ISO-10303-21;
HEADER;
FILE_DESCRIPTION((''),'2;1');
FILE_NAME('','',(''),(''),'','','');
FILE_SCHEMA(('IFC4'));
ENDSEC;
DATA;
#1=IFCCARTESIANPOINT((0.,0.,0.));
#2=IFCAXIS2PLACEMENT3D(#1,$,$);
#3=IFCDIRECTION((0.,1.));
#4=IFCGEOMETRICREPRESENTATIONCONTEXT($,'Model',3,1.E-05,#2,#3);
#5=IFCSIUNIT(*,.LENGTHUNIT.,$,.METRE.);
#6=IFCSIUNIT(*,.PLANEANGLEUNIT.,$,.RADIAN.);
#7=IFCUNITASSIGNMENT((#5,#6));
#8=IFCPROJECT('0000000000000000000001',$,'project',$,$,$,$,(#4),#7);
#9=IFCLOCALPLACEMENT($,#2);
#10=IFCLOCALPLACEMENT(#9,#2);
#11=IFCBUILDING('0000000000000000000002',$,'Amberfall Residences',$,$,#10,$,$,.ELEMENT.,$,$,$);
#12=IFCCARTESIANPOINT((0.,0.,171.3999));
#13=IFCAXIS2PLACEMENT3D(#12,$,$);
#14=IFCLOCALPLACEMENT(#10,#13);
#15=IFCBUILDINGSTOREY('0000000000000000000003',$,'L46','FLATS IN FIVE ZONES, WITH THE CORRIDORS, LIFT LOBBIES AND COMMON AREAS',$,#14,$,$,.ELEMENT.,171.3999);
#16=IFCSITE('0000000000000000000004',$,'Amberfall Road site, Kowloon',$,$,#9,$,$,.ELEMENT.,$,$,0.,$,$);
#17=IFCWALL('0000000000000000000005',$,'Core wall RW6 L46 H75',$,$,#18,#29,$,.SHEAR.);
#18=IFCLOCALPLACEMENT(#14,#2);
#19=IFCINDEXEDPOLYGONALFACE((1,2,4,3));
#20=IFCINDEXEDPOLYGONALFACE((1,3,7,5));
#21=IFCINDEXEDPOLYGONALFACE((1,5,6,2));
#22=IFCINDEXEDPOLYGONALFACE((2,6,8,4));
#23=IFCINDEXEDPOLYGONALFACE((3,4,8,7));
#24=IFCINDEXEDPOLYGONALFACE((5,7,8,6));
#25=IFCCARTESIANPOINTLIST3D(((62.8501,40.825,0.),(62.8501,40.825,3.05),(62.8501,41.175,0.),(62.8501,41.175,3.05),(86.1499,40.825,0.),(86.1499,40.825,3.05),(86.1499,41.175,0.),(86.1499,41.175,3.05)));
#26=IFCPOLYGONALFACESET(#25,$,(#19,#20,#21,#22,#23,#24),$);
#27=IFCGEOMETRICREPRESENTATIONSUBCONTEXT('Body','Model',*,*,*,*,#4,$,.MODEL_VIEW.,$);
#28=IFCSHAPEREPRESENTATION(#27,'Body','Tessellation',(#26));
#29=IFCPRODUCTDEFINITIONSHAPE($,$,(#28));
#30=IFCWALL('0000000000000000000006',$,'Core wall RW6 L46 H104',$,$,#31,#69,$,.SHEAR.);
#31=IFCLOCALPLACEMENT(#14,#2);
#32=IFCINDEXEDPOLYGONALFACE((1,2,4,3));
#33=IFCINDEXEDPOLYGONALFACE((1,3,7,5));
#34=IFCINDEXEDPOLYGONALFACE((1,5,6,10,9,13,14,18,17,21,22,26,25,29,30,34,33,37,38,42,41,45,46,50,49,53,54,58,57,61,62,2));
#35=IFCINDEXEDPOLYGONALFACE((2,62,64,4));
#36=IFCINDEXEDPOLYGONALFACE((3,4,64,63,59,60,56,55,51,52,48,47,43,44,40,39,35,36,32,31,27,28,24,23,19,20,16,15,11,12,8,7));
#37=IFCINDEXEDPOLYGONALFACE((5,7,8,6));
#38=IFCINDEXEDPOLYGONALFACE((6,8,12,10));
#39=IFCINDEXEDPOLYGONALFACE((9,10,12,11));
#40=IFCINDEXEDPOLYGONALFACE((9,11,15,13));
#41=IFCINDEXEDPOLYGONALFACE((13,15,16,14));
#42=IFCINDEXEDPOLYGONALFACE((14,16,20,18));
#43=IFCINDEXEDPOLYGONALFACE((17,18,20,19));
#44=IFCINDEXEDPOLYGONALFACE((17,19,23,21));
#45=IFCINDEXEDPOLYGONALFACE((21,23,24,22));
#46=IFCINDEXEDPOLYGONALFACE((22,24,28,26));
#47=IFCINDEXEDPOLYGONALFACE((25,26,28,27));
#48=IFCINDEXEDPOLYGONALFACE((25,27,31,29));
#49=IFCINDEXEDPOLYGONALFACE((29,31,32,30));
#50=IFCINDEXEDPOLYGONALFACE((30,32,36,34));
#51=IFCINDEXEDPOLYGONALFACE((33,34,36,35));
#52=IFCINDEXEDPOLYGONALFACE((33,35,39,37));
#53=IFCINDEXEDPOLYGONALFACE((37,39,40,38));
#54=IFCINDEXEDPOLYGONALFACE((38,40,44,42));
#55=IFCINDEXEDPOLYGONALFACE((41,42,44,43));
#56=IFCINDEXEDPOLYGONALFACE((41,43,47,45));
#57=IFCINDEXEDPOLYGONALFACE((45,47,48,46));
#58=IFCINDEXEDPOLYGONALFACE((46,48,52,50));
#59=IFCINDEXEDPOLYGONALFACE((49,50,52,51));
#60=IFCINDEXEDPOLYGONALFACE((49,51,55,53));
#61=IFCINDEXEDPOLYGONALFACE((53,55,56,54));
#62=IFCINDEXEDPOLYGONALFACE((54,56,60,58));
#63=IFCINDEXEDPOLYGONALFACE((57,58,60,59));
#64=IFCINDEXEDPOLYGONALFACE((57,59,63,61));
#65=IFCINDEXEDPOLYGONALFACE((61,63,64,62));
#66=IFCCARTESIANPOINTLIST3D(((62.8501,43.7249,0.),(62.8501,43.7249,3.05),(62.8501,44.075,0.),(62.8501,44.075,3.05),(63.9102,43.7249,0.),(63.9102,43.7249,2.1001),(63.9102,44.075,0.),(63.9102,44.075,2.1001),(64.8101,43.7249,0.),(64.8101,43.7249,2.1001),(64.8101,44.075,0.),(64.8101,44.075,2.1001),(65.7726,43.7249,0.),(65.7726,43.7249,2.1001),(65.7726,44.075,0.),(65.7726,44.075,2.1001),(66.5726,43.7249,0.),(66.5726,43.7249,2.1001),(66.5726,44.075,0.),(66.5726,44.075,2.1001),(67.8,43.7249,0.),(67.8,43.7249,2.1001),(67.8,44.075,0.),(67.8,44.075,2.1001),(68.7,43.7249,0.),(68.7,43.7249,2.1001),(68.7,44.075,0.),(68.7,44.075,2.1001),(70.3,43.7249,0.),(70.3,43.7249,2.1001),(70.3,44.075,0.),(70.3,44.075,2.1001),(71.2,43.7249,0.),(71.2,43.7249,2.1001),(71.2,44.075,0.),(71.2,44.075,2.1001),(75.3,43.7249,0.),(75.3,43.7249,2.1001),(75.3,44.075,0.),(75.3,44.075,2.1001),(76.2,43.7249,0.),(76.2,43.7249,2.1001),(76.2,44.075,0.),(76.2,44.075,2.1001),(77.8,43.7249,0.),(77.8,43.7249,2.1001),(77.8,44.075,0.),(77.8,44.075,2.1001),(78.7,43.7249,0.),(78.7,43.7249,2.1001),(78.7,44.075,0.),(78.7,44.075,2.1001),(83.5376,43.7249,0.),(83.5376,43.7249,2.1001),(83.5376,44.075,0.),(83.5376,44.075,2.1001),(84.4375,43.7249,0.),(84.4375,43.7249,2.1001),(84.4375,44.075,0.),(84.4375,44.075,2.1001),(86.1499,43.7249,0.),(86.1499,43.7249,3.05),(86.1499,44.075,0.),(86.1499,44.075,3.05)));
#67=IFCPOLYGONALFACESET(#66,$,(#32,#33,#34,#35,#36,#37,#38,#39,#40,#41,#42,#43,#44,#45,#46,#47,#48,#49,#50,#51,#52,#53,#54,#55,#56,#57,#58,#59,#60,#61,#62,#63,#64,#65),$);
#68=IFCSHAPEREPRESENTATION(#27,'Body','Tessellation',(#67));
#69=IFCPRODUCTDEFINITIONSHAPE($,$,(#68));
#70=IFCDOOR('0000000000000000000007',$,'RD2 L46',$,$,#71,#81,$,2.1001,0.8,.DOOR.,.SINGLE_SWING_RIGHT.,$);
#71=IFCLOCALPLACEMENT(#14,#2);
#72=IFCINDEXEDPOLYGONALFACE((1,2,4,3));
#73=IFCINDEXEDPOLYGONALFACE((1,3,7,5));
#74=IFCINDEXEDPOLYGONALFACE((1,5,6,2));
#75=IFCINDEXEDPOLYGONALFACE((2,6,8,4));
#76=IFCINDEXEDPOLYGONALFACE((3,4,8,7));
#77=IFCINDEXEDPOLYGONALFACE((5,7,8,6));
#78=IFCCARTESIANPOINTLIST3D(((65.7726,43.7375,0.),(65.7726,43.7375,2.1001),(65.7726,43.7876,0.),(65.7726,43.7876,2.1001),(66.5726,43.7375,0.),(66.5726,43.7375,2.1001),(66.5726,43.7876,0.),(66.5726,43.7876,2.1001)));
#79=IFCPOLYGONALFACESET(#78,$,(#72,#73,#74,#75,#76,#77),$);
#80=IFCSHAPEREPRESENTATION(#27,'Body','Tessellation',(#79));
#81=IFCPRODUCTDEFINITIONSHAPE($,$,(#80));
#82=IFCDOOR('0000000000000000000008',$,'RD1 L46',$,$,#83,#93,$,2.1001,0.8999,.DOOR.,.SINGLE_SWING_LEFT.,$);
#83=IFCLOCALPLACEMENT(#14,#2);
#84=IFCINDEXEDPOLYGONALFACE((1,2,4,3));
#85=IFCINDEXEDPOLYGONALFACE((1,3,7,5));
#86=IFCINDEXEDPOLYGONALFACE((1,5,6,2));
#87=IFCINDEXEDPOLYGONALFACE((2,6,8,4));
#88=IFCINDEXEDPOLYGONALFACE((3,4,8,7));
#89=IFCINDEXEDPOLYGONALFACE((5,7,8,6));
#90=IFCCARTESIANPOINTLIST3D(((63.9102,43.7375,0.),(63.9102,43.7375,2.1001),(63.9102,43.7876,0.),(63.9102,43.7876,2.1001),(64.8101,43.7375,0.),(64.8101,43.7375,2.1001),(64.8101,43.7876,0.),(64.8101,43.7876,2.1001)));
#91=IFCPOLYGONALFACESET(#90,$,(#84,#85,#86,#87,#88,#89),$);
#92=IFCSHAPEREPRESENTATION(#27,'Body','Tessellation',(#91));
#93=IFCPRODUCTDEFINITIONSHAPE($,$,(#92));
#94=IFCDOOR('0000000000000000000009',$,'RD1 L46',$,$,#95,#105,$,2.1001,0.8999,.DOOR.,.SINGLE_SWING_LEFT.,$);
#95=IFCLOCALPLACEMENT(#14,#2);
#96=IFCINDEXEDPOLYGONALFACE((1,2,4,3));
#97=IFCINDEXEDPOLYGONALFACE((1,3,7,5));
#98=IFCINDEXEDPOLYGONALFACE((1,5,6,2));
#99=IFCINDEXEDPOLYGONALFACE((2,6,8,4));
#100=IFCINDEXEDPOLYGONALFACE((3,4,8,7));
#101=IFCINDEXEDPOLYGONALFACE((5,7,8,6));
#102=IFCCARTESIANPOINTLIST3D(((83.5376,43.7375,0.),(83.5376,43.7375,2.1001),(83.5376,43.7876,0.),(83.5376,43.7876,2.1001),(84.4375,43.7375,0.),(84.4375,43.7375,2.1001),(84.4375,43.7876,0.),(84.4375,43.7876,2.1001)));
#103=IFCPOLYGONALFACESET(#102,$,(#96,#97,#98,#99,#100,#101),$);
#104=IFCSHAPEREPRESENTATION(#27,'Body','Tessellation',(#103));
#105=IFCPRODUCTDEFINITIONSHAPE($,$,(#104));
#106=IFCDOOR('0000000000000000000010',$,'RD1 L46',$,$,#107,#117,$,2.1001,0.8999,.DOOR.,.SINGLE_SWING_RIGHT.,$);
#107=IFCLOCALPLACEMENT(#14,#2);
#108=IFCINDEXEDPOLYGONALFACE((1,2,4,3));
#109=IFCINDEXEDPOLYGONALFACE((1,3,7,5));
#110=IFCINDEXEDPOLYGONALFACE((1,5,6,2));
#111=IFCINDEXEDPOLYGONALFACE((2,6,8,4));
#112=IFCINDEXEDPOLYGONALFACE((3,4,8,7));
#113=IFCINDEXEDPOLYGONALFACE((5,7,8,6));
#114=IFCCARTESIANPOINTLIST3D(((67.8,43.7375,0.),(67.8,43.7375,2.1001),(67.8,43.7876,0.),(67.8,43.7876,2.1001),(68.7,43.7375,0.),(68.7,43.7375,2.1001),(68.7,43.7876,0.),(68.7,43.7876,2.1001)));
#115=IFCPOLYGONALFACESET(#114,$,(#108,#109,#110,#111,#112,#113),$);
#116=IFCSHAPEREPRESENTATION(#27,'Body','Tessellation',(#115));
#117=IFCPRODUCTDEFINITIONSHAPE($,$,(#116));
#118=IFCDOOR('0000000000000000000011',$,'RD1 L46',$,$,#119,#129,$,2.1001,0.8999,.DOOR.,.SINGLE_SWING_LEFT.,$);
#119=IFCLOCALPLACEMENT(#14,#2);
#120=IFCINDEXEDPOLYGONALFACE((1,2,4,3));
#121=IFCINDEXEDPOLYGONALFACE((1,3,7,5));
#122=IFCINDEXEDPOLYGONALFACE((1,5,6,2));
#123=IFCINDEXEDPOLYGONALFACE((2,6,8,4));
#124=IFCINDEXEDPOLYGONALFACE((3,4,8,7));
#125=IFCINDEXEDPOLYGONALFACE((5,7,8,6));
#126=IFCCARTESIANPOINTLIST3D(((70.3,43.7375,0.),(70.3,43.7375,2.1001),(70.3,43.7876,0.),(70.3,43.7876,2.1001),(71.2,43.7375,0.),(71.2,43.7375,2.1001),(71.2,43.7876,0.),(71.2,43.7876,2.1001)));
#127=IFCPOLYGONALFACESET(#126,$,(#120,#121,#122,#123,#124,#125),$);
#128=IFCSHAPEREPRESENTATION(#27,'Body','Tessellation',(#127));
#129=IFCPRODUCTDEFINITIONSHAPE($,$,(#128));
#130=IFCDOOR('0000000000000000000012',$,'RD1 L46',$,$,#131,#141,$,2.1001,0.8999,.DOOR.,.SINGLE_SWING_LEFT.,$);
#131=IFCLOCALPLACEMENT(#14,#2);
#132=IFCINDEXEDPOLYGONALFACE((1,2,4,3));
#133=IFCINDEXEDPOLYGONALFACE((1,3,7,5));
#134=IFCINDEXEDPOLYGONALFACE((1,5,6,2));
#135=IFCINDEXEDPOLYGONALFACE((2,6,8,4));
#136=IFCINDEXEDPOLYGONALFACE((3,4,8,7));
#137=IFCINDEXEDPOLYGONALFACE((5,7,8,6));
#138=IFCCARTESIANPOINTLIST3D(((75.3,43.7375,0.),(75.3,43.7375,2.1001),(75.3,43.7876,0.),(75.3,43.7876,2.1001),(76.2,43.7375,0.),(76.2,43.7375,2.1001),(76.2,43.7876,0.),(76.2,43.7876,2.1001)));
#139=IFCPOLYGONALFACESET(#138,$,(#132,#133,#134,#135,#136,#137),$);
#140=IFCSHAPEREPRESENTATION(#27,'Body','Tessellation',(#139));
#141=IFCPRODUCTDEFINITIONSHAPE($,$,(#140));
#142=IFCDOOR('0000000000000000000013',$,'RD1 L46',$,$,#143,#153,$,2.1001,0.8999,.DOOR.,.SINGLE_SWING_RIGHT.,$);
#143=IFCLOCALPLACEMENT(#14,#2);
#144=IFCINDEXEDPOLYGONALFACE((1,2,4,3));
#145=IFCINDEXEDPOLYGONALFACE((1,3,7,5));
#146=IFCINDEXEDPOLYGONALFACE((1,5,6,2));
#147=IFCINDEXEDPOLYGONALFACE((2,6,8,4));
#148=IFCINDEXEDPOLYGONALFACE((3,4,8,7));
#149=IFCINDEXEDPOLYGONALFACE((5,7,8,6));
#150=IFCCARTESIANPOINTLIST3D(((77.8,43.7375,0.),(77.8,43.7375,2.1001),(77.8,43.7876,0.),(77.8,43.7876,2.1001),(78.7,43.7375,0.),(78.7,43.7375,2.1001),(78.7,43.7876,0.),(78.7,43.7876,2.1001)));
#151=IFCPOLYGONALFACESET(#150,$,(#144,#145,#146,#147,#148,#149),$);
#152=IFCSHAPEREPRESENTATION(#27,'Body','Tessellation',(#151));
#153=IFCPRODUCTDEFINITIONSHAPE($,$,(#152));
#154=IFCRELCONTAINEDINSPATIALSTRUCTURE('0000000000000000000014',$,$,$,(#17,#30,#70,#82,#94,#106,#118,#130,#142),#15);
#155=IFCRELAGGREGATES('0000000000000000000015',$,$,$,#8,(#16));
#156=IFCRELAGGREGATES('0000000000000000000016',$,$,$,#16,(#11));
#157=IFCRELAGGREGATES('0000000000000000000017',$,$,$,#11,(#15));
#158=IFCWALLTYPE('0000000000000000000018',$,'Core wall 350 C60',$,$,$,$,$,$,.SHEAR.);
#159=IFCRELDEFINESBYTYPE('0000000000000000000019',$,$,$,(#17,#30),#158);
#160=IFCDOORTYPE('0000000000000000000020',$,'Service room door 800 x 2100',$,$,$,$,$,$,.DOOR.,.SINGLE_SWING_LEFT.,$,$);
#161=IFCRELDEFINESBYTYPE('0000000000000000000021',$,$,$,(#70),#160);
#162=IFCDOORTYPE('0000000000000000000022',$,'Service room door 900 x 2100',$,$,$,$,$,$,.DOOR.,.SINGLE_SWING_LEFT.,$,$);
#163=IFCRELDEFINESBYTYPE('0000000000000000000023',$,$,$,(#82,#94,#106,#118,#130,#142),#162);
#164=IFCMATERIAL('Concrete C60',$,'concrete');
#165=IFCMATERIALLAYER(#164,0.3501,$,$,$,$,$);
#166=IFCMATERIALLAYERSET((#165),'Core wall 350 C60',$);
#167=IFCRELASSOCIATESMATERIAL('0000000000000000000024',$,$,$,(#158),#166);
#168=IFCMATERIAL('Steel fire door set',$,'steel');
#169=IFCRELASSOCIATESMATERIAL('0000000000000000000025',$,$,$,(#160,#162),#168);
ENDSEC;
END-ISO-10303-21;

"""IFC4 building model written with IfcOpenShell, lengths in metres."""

from ifc_helpers import new_model, si_unit, direction, frame, frame_2d, origin, place, context, subcontext, project, spatial, rectangle, extrude, material, layer, layer_set, type_object, element, fill, save


model = new_model("IFC4")

# Units and contexts
model_context = context("Model", 3, precision=1e-05, world=origin(), true_north=direction((0.0, 1.0)))
body_context = subcontext(model_context, "Body", "Model", "MODEL_VIEW")
ifc_project = project(units=[si_unit("LENGTHUNIT", "METRE"), si_unit("PLANEANGLEUNIT", "RADIAN")], contexts=[model_context])

# Site, building, storey
site_placement = place(None, origin())
site = spatial("IfcSite", under=ifc_project, at=site_placement, Name="Amberfall Road site, Kowloon", CompositionType="ELEMENT", RefElevation=0.0)
building_placement = place(site_placement, origin())
building = spatial("IfcBuilding", under=site, at=building_placement, Name="Amberfall Residences", CompositionType="ELEMENT")
storey_placement = place(building_placement, frame((0.0, 0.0, 171.3999)))
storey = spatial("IfcBuildingStorey", under=building, at=storey_placement, Name="L46", Description="FLATS IN FIVE ZONES, WITH THE CORRIDORS, LIFT LOBBIES AND COMMON AREAS", CompositionType="ELEMENT", Elevation=171.3999)

# Wall
ifc_material_1 = material(Name="Concrete C60", Category="concrete")
ifc_layer_1 = layer(ifc_material_1, 0.3501)
ifc_layer_set_1 = layer_set([ifc_layer_1], Name="Core wall 350 C60")
wall_type_1 = type_object("IfcWallType", Name="Core wall 350 C60", PredefinedType="SHEAR", material=ifc_layer_set_1)
wall_1_placement = place(storey_placement, frame((62.8501, 41.0, 0.0), z_axis=(0.0, 0.0, 1.0), x_axis=(1.0, 0.0, 0.0)))
element("IfcWall", 1, at=wall_1_placement, inside=storey, type_object=wall_type_1, Name="Core wall RW6 L46 H75", PredefinedType="SHEAR", context=body_context, shape_type="SweptSolid", body=[
    extrude(rectangle(XDim=23.2998, YDim=0.3501, at=frame_2d((11.6499, 0.0))), origin(), (0.0, 0.0, 1.0), 3.05),
])

# Wall, openings, doors
wall_2_placement = place(storey_placement, frame((62.8501, 43.8999, 0.0), z_axis=(0.0, 0.0, 1.0), x_axis=(1.0, 0.0, 0.0)))
wall_2 = element("IfcWall", 2, at=wall_2_placement, inside=storey, type_object=wall_type_1, Name="Core wall RW6 L46 H104", PredefinedType="SHEAR", context=body_context, shape_type="SweptSolid", body=[
    extrude(rectangle(XDim=23.2998, YDim=0.3501, at=frame_2d((11.6499, 0.0))), origin(), (0.0, 0.0, 1.0), 3.05),
])
opening_1_placement = place(wall_2_placement, frame((1.0601, 0.0, 0.0)))
opening_1 = element("IfcOpeningElement", 3, at=opening_1_placement, cuts=wall_2, PredefinedType="OPENING", context=body_context, shape_type="SweptSolid", body=[
    extrude(rectangle(XDim=0.8999, YDim=2.1001, at=frame_2d((0.45, 1.05))), frame((0.0, 0.1851, 0.0), z_axis=(0.0, -1.0, 0.0), x_axis=(1.0, 0.0, 0.0)), (0.0, 0.0, 1.0), 0.3701),
])
opening_2_placement = place(wall_2_placement, frame((2.9226, 0.0, 0.0)))
opening_2 = element("IfcOpeningElement", 4, at=opening_2_placement, cuts=wall_2, PredefinedType="OPENING", context=body_context, shape_type="SweptSolid", body=[
    extrude(rectangle(XDim=0.8, YDim=2.1001, at=frame_2d((0.3999, 1.05))), frame((0.0, 0.1851, 0.0), z_axis=(0.0, -1.0, 0.0), x_axis=(1.0, 0.0, 0.0)), (0.0, 0.0, 1.0), 0.3701),
])
opening_3_placement = place(wall_2_placement, frame((20.6875, 0.0, 0.0)))
opening_3 = element("IfcOpeningElement", 5, at=opening_3_placement, cuts=wall_2, PredefinedType="OPENING", context=body_context, shape_type="SweptSolid", body=[
    extrude(rectangle(XDim=0.8999, YDim=2.1001, at=frame_2d((0.45, 1.05))), frame((0.0, 0.1851, 0.0), z_axis=(0.0, -1.0, 0.0), x_axis=(1.0, 0.0, 0.0)), (0.0, 0.0, 1.0), 0.3701),
])
opening_4_placement = place(wall_2_placement, frame((4.95, 0.0, 0.0)))
opening_4 = element("IfcOpeningElement", 6, at=opening_4_placement, cuts=wall_2, PredefinedType="OPENING", context=body_context, shape_type="SweptSolid", body=[
    extrude(rectangle(XDim=0.8999, YDim=2.1001, at=frame_2d((0.45, 1.05))), frame((0.0, 0.1851, 0.0), z_axis=(0.0, -1.0, 0.0), x_axis=(1.0, 0.0, 0.0)), (0.0, 0.0, 1.0), 0.3701),
])
opening_5_placement = place(wall_2_placement, frame((7.45, 0.0, 0.0)))
opening_5 = element("IfcOpeningElement", 7, at=opening_5_placement, cuts=wall_2, PredefinedType="OPENING", context=body_context, shape_type="SweptSolid", body=[
    extrude(rectangle(XDim=0.8999, YDim=2.1001, at=frame_2d((0.45, 1.05))), frame((0.0, 0.1851, 0.0), z_axis=(0.0, -1.0, 0.0), x_axis=(1.0, 0.0, 0.0)), (0.0, 0.0, 1.0), 0.3701),
])
opening_6_placement = place(wall_2_placement, frame((12.45, 0.0, 0.0)))
opening_6 = element("IfcOpeningElement", 8, at=opening_6_placement, cuts=wall_2, PredefinedType="OPENING", context=body_context, shape_type="SweptSolid", body=[
    extrude(rectangle(XDim=0.8999, YDim=2.1001, at=frame_2d((0.45, 1.05))), frame((0.0, 0.1851, 0.0), z_axis=(0.0, -1.0, 0.0), x_axis=(1.0, 0.0, 0.0)), (0.0, 0.0, 1.0), 0.3701),
])
opening_7_placement = place(wall_2_placement, frame((14.95, 0.0, 0.0)))
opening_7 = element("IfcOpeningElement", 9, at=opening_7_placement, cuts=wall_2, PredefinedType="OPENING", context=body_context, shape_type="SweptSolid", body=[
    extrude(rectangle(XDim=0.8999, YDim=2.1001, at=frame_2d((0.45, 1.05))), frame((0.0, 0.1851, 0.0), z_axis=(0.0, -1.0, 0.0), x_axis=(1.0, 0.0, 0.0)), (0.0, 0.0, 1.0), 0.3701),
])
ifc_material_2 = material(Name="Steel fire door set", Category="steel")
door_type_1 = type_object("IfcDoorType", Name="Service room door 800 x 2100", OperationType="SINGLE_SWING_LEFT", PredefinedType="DOOR", material=ifc_material_2)
door_1_placement = place(opening_2_placement, origin())
door_1 = element("IfcDoor", 10, at=door_1_placement, inside=storey, type_object=door_type_1, Name="RD2 L46", OperationType="SINGLE_SWING_RIGHT", OverallHeight=2.1001, OverallWidth=0.8, PredefinedType="DOOR", context=body_context, shape_type="SweptSolid", body=[
    extrude(rectangle(XDim=0.8, YDim=2.1001, at=frame_2d((0.3999, 1.05))), frame((0.0, -0.1123, 0.0), z_axis=(0.0, -1.0, 0.0), x_axis=(1.0, 0.0, 0.0)), (0.0, 0.0, 1.0), 0.05),
])
fill(opening_2, door_1)
door_type_2 = type_object("IfcDoorType", Name="Service room door 900 x 2100", OperationType="SINGLE_SWING_LEFT", PredefinedType="DOOR", material=ifc_material_2)
door_2_placement = place(opening_1_placement, origin())
door_2 = element("IfcDoor", 11, at=door_2_placement, inside=storey, type_object=door_type_2, Name="RD1 L46", OperationType="SINGLE_SWING_LEFT", OverallHeight=2.1001, OverallWidth=0.8999, PredefinedType="DOOR", context=body_context, shape_type="SweptSolid", body=[
    extrude(rectangle(XDim=0.8999, YDim=2.1001, at=frame_2d((0.45, 1.05))), frame((0.0, -0.1123, 0.0), z_axis=(0.0, -1.0, 0.0), x_axis=(1.0, 0.0, 0.0)), (0.0, 0.0, 1.0), 0.05),
])
fill(opening_1, door_2)
door_3_placement = place(opening_3_placement, origin())
door_3 = element("IfcDoor", 12, at=door_3_placement, inside=storey, type_object=door_type_2, Name="RD1 L46", OperationType="SINGLE_SWING_LEFT", OverallHeight=2.1001, OverallWidth=0.8999, PredefinedType="DOOR", context=body_context, shape_type="SweptSolid", body=[
    extrude(rectangle(XDim=0.8999, YDim=2.1001, at=frame_2d((0.45, 1.05))), frame((0.0, -0.1123, 0.0), z_axis=(0.0, -1.0, 0.0), x_axis=(1.0, 0.0, 0.0)), (0.0, 0.0, 1.0), 0.05),
])
fill(opening_3, door_3)
door_4_placement = place(opening_4_placement, origin())
door_4 = element("IfcDoor", 13, at=door_4_placement, inside=storey, type_object=door_type_2, Name="RD1 L46", OperationType="SINGLE_SWING_RIGHT", OverallHeight=2.1001, OverallWidth=0.8999, PredefinedType="DOOR", context=body_context, shape_type="SweptSolid", body=[
    extrude(rectangle(XDim=0.8999, YDim=2.1001, at=frame_2d((0.45, 1.05))), frame((0.0, -0.1123, 0.0), z_axis=(0.0, -1.0, 0.0), x_axis=(1.0, 0.0, 0.0)), (0.0, 0.0, 1.0), 0.05),
])
fill(opening_4, door_4)
door_5_placement = place(opening_5_placement, origin())
door_5 = element("IfcDoor", 14, at=door_5_placement, inside=storey, type_object=door_type_2, Name="RD1 L46", OperationType="SINGLE_SWING_LEFT", OverallHeight=2.1001, OverallWidth=0.8999, PredefinedType="DOOR", context=body_context, shape_type="SweptSolid", body=[
    extrude(rectangle(XDim=0.8999, YDim=2.1001, at=frame_2d((0.45, 1.05))), frame((0.0, -0.1123, 0.0), z_axis=(0.0, -1.0, 0.0), x_axis=(1.0, 0.0, 0.0)), (0.0, 0.0, 1.0), 0.05),
])
fill(opening_5, door_5)
door_6_placement = place(opening_6_placement, origin())
door_6 = element("IfcDoor", 15, at=door_6_placement, inside=storey, type_object=door_type_2, Name="RD1 L46", OperationType="SINGLE_SWING_LEFT", OverallHeight=2.1001, OverallWidth=0.8999, PredefinedType="DOOR", context=body_context, shape_type="SweptSolid", body=[
    extrude(rectangle(XDim=0.8999, YDim=2.1001, at=frame_2d((0.45, 1.05))), frame((0.0, -0.1123, 0.0), z_axis=(0.0, -1.0, 0.0), x_axis=(1.0, 0.0, 0.0)), (0.0, 0.0, 1.0), 0.05),
])
fill(opening_6, door_6)
door_7_placement = place(opening_7_placement, origin())
door_7 = element("IfcDoor", 16, at=door_7_placement, inside=storey, type_object=door_type_2, Name="RD1 L46", OperationType="SINGLE_SWING_RIGHT", OverallHeight=2.1001, OverallWidth=0.8999, PredefinedType="DOOR", context=body_context, shape_type="SweptSolid", body=[
    extrude(rectangle(XDim=0.8999, YDim=2.1001, at=frame_2d((0.45, 1.05))), frame((0.0, -0.1123, 0.0), z_axis=(0.0, -1.0, 0.0), x_axis=(1.0, 0.0, 0.0)), (0.0, 0.0, 1.0), 0.05),
])
fill(opening_7, door_7)

save(model, "model.ifc")
